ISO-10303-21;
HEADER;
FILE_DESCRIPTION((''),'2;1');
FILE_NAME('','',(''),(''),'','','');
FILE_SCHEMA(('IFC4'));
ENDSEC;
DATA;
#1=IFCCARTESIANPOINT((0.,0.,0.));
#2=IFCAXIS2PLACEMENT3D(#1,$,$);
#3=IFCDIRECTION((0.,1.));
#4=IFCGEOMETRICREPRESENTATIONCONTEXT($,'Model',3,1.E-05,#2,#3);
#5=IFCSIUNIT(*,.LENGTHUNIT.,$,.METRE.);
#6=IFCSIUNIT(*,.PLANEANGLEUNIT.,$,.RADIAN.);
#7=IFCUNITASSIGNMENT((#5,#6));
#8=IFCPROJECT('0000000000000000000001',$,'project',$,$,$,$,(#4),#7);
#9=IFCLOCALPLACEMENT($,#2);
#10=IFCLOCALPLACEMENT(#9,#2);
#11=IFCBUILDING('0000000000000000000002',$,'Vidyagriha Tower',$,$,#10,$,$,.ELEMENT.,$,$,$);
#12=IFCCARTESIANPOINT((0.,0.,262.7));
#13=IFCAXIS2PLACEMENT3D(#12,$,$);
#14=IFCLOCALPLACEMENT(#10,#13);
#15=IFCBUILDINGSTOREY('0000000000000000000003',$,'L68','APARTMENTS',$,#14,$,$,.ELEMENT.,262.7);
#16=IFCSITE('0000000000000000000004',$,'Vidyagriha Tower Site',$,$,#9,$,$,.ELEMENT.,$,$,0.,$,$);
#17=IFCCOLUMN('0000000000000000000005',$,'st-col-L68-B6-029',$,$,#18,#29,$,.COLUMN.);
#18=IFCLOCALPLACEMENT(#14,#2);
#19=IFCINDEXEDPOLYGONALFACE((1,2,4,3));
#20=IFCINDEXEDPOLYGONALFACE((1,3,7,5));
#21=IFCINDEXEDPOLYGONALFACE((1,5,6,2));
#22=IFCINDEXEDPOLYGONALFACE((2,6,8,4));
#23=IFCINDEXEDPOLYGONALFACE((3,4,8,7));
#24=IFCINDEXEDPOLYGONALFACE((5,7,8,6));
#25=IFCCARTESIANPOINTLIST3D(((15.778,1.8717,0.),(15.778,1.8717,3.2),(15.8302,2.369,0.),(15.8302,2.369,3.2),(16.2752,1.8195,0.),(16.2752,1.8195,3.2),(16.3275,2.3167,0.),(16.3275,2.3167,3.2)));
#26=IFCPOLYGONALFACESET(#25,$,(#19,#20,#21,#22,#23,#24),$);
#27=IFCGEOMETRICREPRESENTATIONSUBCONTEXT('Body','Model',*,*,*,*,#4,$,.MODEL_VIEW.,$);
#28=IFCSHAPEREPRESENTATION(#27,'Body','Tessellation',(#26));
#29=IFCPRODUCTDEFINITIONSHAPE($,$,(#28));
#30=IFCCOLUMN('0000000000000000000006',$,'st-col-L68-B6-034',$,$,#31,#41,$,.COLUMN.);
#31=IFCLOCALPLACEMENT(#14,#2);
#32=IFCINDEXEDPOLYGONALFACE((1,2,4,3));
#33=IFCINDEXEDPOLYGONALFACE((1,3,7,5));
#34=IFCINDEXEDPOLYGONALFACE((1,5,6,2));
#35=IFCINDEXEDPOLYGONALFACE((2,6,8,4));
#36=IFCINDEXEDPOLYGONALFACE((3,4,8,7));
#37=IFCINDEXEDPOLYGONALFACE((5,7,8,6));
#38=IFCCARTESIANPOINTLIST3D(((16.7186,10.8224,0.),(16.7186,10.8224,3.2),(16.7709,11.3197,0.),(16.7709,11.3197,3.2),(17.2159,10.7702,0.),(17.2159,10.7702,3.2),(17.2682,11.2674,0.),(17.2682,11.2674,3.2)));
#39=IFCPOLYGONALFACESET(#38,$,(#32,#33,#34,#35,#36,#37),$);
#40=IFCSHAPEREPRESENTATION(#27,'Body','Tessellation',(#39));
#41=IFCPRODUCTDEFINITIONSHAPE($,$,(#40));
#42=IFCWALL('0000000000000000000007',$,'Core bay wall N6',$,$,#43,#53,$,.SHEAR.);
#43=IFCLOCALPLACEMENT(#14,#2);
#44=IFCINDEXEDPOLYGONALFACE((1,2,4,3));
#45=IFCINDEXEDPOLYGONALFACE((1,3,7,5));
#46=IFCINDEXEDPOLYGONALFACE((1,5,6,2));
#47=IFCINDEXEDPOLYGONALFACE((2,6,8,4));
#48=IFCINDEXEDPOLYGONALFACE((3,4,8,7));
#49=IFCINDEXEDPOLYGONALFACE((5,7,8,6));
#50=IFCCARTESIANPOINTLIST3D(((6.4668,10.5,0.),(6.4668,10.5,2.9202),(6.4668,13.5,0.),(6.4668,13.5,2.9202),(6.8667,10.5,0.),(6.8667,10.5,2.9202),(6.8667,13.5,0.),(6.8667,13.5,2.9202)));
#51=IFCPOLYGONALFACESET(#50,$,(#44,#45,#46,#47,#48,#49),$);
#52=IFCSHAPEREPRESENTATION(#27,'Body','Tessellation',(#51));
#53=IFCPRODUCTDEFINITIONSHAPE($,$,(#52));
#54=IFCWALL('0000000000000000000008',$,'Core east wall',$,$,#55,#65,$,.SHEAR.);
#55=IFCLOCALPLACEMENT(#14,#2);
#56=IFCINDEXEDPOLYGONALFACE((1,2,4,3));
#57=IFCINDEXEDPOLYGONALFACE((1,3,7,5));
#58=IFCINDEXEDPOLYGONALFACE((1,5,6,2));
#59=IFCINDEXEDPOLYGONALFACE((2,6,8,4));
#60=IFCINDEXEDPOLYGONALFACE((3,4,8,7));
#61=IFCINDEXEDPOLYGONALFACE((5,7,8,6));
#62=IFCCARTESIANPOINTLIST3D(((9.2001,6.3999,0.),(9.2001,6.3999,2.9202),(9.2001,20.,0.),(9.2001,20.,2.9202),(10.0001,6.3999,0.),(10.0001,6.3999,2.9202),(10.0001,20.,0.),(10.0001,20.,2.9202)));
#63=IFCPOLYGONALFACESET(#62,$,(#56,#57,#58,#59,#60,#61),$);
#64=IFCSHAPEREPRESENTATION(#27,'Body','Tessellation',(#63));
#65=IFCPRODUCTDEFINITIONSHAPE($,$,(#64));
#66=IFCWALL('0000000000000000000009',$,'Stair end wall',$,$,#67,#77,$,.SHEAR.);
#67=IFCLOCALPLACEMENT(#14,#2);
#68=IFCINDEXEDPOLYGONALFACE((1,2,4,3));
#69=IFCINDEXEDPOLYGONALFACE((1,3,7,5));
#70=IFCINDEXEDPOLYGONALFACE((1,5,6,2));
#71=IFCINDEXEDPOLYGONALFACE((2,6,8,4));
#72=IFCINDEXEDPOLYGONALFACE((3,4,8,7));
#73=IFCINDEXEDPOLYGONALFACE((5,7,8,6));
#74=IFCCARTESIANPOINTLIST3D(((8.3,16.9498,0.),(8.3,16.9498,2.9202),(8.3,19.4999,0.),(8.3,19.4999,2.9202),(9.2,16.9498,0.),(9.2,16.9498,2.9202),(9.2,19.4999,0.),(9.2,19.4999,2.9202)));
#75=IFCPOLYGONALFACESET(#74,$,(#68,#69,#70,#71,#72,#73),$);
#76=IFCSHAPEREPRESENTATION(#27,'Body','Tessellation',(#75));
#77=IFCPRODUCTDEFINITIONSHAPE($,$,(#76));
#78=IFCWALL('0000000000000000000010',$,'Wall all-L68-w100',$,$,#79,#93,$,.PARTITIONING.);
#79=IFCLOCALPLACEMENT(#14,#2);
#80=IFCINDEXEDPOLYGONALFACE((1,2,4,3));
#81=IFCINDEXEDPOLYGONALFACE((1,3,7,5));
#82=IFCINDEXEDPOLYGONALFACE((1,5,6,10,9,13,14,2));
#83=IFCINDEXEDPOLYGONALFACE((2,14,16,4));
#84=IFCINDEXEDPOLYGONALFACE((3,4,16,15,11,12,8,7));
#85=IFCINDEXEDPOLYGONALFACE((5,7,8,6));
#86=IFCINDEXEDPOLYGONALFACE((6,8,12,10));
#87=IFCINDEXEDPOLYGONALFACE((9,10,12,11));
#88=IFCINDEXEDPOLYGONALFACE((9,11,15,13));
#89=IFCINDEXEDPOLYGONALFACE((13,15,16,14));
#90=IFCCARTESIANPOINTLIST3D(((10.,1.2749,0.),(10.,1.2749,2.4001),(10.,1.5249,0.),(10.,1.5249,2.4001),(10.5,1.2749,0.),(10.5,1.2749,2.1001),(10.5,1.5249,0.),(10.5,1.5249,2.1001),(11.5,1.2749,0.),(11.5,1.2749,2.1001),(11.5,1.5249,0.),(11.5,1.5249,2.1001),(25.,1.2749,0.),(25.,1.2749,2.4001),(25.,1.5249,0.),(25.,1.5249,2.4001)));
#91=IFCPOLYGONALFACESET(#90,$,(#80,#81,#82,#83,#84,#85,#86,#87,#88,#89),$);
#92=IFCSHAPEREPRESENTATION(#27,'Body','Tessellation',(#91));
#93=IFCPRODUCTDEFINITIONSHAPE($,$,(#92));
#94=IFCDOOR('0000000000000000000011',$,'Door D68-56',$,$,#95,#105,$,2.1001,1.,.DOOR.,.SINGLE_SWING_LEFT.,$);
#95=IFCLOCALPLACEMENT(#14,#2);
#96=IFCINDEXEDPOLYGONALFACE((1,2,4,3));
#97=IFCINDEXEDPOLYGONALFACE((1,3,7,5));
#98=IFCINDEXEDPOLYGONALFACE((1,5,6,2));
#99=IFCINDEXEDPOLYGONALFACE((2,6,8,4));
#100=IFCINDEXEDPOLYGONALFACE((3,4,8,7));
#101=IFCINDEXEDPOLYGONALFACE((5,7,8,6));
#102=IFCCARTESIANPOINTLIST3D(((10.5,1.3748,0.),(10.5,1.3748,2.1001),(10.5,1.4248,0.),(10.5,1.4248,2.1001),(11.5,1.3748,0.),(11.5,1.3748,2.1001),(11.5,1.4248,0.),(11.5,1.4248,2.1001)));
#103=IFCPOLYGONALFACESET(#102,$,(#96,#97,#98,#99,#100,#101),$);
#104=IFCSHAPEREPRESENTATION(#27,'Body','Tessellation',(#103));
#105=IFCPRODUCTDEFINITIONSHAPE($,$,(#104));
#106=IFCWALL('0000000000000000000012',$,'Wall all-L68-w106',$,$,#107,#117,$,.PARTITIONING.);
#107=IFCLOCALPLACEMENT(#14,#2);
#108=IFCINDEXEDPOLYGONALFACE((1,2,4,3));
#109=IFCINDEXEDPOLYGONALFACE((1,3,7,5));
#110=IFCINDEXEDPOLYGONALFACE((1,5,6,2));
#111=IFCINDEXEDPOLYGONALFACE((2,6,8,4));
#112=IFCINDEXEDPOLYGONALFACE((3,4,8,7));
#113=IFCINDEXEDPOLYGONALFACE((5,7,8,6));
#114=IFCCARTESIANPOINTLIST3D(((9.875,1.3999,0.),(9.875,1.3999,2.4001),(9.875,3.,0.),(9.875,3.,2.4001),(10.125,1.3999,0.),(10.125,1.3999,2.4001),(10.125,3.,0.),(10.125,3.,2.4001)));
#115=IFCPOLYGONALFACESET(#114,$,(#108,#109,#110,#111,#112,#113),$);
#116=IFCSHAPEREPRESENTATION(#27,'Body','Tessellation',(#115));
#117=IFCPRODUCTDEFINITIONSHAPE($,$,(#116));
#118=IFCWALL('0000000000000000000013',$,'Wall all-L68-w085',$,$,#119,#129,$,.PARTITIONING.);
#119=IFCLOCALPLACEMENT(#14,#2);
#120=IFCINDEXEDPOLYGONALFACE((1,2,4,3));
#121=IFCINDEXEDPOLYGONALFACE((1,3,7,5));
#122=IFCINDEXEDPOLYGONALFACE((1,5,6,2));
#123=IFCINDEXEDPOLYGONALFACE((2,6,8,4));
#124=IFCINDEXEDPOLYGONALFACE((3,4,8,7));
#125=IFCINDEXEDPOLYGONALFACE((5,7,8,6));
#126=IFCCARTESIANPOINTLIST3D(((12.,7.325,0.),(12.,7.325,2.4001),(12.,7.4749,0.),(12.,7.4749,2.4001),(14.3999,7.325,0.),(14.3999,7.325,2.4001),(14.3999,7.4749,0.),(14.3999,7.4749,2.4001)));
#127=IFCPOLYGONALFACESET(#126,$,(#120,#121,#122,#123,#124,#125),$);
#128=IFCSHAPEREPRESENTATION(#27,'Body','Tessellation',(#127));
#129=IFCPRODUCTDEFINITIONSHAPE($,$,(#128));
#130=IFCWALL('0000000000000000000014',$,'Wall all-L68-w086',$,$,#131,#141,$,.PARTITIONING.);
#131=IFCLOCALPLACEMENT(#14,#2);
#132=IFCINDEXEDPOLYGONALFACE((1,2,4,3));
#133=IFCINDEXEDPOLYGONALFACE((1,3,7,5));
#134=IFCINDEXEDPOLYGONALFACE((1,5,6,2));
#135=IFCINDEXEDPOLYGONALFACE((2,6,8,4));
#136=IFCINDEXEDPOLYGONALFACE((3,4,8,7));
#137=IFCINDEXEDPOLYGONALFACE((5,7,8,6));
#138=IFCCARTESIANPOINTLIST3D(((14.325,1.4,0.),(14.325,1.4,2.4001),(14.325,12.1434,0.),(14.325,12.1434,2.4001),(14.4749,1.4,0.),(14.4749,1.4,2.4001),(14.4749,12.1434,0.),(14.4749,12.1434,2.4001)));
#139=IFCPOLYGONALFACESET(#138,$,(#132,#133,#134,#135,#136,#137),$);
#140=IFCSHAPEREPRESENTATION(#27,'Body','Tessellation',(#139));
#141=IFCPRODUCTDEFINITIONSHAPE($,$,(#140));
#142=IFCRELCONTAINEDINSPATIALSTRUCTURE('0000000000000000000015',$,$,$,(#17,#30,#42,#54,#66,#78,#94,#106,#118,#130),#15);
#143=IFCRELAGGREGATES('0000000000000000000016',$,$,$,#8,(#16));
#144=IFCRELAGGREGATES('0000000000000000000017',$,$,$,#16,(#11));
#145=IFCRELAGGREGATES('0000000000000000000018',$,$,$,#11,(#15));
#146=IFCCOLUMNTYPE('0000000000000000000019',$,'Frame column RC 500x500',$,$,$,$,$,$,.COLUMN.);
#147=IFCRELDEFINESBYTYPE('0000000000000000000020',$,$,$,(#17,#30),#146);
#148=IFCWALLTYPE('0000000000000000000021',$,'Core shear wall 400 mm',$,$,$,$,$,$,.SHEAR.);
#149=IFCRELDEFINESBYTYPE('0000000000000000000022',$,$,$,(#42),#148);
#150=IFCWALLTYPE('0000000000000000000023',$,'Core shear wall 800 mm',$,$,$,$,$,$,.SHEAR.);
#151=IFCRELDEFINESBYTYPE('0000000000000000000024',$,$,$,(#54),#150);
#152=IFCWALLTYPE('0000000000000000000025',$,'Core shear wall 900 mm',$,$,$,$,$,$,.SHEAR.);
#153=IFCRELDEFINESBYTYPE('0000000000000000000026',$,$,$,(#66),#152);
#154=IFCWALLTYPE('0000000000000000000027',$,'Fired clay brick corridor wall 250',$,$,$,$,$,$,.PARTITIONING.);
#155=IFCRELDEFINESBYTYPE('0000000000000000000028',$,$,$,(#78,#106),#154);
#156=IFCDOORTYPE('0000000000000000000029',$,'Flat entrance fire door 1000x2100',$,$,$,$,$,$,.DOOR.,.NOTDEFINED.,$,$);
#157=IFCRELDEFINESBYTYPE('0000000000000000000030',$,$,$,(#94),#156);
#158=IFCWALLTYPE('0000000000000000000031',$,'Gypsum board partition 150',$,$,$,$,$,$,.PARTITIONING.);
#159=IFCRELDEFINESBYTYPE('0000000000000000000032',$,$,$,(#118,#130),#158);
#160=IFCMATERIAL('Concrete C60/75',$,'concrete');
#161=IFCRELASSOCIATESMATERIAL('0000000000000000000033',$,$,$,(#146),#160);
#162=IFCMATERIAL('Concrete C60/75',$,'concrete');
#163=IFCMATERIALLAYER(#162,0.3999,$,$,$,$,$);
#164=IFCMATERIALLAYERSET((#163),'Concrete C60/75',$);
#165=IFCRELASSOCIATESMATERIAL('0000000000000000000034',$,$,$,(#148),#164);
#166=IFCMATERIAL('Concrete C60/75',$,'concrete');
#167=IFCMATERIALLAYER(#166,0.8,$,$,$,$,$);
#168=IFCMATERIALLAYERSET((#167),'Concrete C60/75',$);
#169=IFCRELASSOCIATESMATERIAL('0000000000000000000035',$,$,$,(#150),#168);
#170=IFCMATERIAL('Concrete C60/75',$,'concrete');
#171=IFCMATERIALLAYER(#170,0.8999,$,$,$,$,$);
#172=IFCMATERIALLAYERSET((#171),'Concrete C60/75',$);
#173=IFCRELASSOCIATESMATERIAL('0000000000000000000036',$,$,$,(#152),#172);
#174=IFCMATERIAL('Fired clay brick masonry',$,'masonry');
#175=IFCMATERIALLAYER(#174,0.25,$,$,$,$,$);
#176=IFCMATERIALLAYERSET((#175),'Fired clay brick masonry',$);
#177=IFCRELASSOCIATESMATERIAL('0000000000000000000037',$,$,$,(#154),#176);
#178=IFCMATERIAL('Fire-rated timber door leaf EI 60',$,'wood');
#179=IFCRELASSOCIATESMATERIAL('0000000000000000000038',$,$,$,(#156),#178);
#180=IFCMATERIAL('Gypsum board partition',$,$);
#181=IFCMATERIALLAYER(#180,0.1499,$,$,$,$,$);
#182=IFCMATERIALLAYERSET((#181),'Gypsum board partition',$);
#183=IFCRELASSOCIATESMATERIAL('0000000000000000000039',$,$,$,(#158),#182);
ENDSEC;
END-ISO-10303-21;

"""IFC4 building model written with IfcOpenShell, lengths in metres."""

from ifc_helpers import new_model, si_unit, direction, frame, frame_2d, origin, origin_2d, place, context, subcontext, project, spatial, rectangle, extrude, material, layer, layer_set, material_profile, profile_set, type_object, element, fill, save


model = new_model("IFC4")

# Units and contexts
model_context = context("Model", 3, precision=1e-05, world=origin(), true_north=direction((0.0, 1.0)))
body_context = subcontext(model_context, "Body", "Model", "MODEL_VIEW")
ifc_project = project(units=[si_unit("LENGTHUNIT", "METRE"), si_unit("PLANEANGLEUNIT", "RADIAN")], contexts=[model_context])

# Site, building, storey
site_placement = place(None, origin())
site = spatial("IfcSite", under=ifc_project, at=site_placement, Name="Vidyagriha Tower Site", CompositionType="ELEMENT", RefElevation=0.0)
building_placement = place(site_placement, origin())
building = spatial("IfcBuilding", under=site, at=building_placement, Name="Vidyagriha Tower", CompositionType="ELEMENT")
storey_placement = place(building_placement, frame((0.0, 0.0, 262.7)))
storey = spatial("IfcBuildingStorey", under=building, at=storey_placement, Name="L68", Description="APARTMENTS", CompositionType="ELEMENT", Elevation=262.7)

# Columns
ifc_material_1 = material(Name="Concrete C60/75", Category="concrete")
ifc_material_profile = material_profile(ifc_material_1, rectangle(XDim=0.5, YDim=0.5, at=origin_2d()), Name="RC 500x500")
ifc_profile_set = profile_set([ifc_material_profile], Name="Concrete C60/75")
column_type = type_object("IfcColumnType", Name="Frame column RC 500x500", PredefinedType="COLUMN", material=ifc_profile_set)
for number, where, z_axis, x_axis, name in (
    (1, (16.0527, 2.0942, 0.0), (0.0, 0.0, 1.0), (0.994522, -0.104528, 0.0), "st-col-L68-B6-029"),
    (2, (16.9934, 11.0449, 0.0), (0.0, 0.0, 1.0), (0.994522, -0.104528, 0.0), "st-col-L68-B6-034"),
):
    element("IfcColumn", number, at=place(storey_placement, frame(where, z_axis=z_axis, x_axis=x_axis)), inside=storey, type_object=column_type, Name=name, PredefinedType="COLUMN", context=body_context, shape_type="SweptSolid", body=[
        extrude(rectangle(XDim=0.5, YDim=0.5, at=origin_2d()), origin(), (0.0, 0.0, 1.0), 3.2),
    ])

# Walls
ifc_material_2 = material(Name="Concrete C60/75", Category="concrete")
ifc_layer_1 = layer(ifc_material_2, 0.3999)
ifc_layer_set_1 = layer_set([ifc_layer_1], Name="Concrete C60/75")
wall_type_1 = type_object("IfcWallType", Name="Core shear wall 400 mm", PredefinedType="SHEAR", material=ifc_layer_set_1)
wall_1_placement = place(storey_placement, frame((6.6667, 10.5, 0.0), z_axis=(0.0, 0.0, 1.0), x_axis=(0.0, 1.0, 0.0)))
element("IfcWall", 3, at=wall_1_placement, inside=storey, type_object=wall_type_1, Name="Core bay wall N6", PredefinedType="SHEAR", context=body_context, shape_type="SweptSolid", body=[
    extrude(rectangle(XDim=3.0, YDim=0.3999, at=frame_2d((1.5, 0.0))), origin(), (0.0, 0.0, 1.0), 2.9202),
])
ifc_material_3 = material(Name="Concrete C60/75", Category="concrete")
ifc_layer_2 = layer(ifc_material_3, 0.8)
ifc_layer_set_2 = layer_set([ifc_layer_2], Name="Concrete C60/75")
wall_type_2 = type_object("IfcWallType", Name="Core shear wall 800 mm", PredefinedType="SHEAR", material=ifc_layer_set_2)
wall_2_placement = place(storey_placement, frame((9.6001, 6.3999, 0.0), z_axis=(0.0, 0.0, 1.0), x_axis=(0.0, 1.0, 0.0)))
element("IfcWall", 4, at=wall_2_placement, inside=storey, type_object=wall_type_2, Name="Core east wall", PredefinedType="SHEAR", context=body_context, shape_type="SweptSolid", body=[
    extrude(rectangle(XDim=13.6001, YDim=0.8, at=frame_2d((6.8, 0.0))), origin(), (0.0, 0.0, 1.0), 2.9202),
])
ifc_material_4 = material(Name="Concrete C60/75", Category="concrete")
ifc_layer_3 = layer(ifc_material_4, 0.8999)
ifc_layer_set_3 = layer_set([ifc_layer_3], Name="Concrete C60/75")
wall_type_3 = type_object("IfcWallType", Name="Core shear wall 900 mm", PredefinedType="SHEAR", material=ifc_layer_set_3)
wall_3_placement = place(storey_placement, frame((8.75, 16.95, 0.0), z_axis=(0.0, 0.0, 1.0), x_axis=(0.0, 1.0, 0.0)))
element("IfcWall", 5, at=wall_3_placement, inside=storey, type_object=wall_type_3, Name="Stair end wall", PredefinedType="SHEAR", context=body_context, shape_type="SweptSolid", body=[
    extrude(rectangle(XDim=2.55, YDim=0.8999, at=frame_2d((1.2749, 0.0))), origin(), (0.0, 0.0, 1.0), 2.9202),
])

# Wall, opening, door
ifc_material_5 = material(Name="Fired clay brick masonry", Category="masonry")
ifc_layer_4 = layer(ifc_material_5, 0.25)
ifc_layer_set_4 = layer_set([ifc_layer_4], Name="Fired clay brick masonry")
wall_type_4 = type_object("IfcWallType", Name="Fired clay brick corridor wall 250", PredefinedType="PARTITIONING", material=ifc_layer_set_4)
wall_4_placement = place(storey_placement, frame((10.0, 1.3999, 0.0)))
wall_4 = element("IfcWall", 6, at=wall_4_placement, inside=storey, type_object=wall_type_4, Name="Wall all-L68-w100", PredefinedType="PARTITIONING", context=body_context, shape_type="SweptSolid", body=[
    extrude(rectangle(XDim=15.0, YDim=0.25, at=frame_2d((7.5, 0.0))), origin(), (0.0, 0.0, 1.0), 2.4001),
])
opening_1_placement = place(wall_4_placement, frame((0.5, 0.0, 0.0)))
opening_1 = element("IfcOpeningElement", 7, at=opening_1_placement, cuts=wall_4, PredefinedType="OPENING", context=body_context, shape_type="SweptSolid", body=[
    extrude(rectangle(XDim=1.0, YDim=2.1001, at=frame_2d((0.5, 1.05))), frame((0.0, 0.135, 0.0), z_axis=(0.0, -1.0, 0.0), x_axis=(1.0, 0.0, 0.0)), (0.0, 0.0, 1.0), 0.27),
])
ifc_material_6 = material(Name="Fire-rated timber door leaf EI 60", Category="wood")
door_type_1 = type_object("IfcDoorType", Name="Flat entrance fire door 1000x2100", OperationType="NOTDEFINED", PredefinedType="DOOR", material=ifc_material_6)
door_1_placement = place(opening_1_placement, origin())
door_1 = element("IfcDoor", 8, at=door_1_placement, inside=storey, type_object=door_type_1, Name="Door D68-56", OperationType="SINGLE_SWING_LEFT", OverallHeight=2.1001, OverallWidth=1.0, PredefinedType="DOOR", context=body_context, shape_type="SweptSolid", body=[
    extrude(rectangle(XDim=1.0, YDim=2.1001, at=frame_2d((0.5, 1.05))), frame((0.0, 0.0249, 0.0), z_axis=(0.0, -1.0, 0.0), x_axis=(1.0, 0.0, 0.0)), (0.0, 0.0, 1.0), 0.05),
])
fill(opening_1, door_1)

# Walls
wall_5_placement = place(storey_placement, frame((10.0, 1.3999, 0.0), z_axis=(0.0, 0.0, 1.0), x_axis=(0.0, 1.0, 0.0)))
element("IfcWall", 9, at=wall_5_placement, inside=storey, type_object=wall_type_4, Name="Wall all-L68-w106", PredefinedType="PARTITIONING", context=body_context, shape_type="SweptSolid", body=[
    extrude(rectangle(XDim=1.6001, YDim=0.25, at=frame_2d((0.8, 0.0))), origin(), (0.0, 0.0, 1.0), 2.4001),
])
ifc_material_7 = material(Name="Gypsum board partition")
ifc_layer_5 = layer(ifc_material_7, 0.1499)
ifc_layer_set_5 = layer_set([ifc_layer_5], Name="Gypsum board partition")
wall_type_5 = type_object("IfcWallType", Name="Gypsum board partition 150", PredefinedType="PARTITIONING", material=ifc_layer_set_5)
wall_6_placement = place(storey_placement, frame((12.0, 7.3999, 0.0)))
element("IfcWall", 10, at=wall_6_placement, inside=storey, type_object=wall_type_5, Name="Wall all-L68-w085", PredefinedType="PARTITIONING", context=body_context, shape_type="SweptSolid", body=[
    extrude(rectangle(XDim=2.3999, YDim=0.1499, at=frame_2d((1.2, 0.0))), origin(), (0.0, 0.0, 1.0), 2.4001),
])
wall_7_placement = place(storey_placement, frame((14.3999, 12.1433, 0.0), z_axis=(0.0, 0.0, 1.0), x_axis=(0.0, -1.0, 0.0)))
element("IfcWall", 11, at=wall_7_placement, inside=storey, type_object=wall_type_5, Name="Wall all-L68-w086", PredefinedType="PARTITIONING", context=body_context, shape_type="SweptSolid", body=[
    extrude(rectangle(XDim=10.7434, YDim=0.1499, at=frame_2d((5.3716, 0.0))), origin(), (0.0, 0.0, 1.0), 2.4001),
])

save(model, "model.ifc")
